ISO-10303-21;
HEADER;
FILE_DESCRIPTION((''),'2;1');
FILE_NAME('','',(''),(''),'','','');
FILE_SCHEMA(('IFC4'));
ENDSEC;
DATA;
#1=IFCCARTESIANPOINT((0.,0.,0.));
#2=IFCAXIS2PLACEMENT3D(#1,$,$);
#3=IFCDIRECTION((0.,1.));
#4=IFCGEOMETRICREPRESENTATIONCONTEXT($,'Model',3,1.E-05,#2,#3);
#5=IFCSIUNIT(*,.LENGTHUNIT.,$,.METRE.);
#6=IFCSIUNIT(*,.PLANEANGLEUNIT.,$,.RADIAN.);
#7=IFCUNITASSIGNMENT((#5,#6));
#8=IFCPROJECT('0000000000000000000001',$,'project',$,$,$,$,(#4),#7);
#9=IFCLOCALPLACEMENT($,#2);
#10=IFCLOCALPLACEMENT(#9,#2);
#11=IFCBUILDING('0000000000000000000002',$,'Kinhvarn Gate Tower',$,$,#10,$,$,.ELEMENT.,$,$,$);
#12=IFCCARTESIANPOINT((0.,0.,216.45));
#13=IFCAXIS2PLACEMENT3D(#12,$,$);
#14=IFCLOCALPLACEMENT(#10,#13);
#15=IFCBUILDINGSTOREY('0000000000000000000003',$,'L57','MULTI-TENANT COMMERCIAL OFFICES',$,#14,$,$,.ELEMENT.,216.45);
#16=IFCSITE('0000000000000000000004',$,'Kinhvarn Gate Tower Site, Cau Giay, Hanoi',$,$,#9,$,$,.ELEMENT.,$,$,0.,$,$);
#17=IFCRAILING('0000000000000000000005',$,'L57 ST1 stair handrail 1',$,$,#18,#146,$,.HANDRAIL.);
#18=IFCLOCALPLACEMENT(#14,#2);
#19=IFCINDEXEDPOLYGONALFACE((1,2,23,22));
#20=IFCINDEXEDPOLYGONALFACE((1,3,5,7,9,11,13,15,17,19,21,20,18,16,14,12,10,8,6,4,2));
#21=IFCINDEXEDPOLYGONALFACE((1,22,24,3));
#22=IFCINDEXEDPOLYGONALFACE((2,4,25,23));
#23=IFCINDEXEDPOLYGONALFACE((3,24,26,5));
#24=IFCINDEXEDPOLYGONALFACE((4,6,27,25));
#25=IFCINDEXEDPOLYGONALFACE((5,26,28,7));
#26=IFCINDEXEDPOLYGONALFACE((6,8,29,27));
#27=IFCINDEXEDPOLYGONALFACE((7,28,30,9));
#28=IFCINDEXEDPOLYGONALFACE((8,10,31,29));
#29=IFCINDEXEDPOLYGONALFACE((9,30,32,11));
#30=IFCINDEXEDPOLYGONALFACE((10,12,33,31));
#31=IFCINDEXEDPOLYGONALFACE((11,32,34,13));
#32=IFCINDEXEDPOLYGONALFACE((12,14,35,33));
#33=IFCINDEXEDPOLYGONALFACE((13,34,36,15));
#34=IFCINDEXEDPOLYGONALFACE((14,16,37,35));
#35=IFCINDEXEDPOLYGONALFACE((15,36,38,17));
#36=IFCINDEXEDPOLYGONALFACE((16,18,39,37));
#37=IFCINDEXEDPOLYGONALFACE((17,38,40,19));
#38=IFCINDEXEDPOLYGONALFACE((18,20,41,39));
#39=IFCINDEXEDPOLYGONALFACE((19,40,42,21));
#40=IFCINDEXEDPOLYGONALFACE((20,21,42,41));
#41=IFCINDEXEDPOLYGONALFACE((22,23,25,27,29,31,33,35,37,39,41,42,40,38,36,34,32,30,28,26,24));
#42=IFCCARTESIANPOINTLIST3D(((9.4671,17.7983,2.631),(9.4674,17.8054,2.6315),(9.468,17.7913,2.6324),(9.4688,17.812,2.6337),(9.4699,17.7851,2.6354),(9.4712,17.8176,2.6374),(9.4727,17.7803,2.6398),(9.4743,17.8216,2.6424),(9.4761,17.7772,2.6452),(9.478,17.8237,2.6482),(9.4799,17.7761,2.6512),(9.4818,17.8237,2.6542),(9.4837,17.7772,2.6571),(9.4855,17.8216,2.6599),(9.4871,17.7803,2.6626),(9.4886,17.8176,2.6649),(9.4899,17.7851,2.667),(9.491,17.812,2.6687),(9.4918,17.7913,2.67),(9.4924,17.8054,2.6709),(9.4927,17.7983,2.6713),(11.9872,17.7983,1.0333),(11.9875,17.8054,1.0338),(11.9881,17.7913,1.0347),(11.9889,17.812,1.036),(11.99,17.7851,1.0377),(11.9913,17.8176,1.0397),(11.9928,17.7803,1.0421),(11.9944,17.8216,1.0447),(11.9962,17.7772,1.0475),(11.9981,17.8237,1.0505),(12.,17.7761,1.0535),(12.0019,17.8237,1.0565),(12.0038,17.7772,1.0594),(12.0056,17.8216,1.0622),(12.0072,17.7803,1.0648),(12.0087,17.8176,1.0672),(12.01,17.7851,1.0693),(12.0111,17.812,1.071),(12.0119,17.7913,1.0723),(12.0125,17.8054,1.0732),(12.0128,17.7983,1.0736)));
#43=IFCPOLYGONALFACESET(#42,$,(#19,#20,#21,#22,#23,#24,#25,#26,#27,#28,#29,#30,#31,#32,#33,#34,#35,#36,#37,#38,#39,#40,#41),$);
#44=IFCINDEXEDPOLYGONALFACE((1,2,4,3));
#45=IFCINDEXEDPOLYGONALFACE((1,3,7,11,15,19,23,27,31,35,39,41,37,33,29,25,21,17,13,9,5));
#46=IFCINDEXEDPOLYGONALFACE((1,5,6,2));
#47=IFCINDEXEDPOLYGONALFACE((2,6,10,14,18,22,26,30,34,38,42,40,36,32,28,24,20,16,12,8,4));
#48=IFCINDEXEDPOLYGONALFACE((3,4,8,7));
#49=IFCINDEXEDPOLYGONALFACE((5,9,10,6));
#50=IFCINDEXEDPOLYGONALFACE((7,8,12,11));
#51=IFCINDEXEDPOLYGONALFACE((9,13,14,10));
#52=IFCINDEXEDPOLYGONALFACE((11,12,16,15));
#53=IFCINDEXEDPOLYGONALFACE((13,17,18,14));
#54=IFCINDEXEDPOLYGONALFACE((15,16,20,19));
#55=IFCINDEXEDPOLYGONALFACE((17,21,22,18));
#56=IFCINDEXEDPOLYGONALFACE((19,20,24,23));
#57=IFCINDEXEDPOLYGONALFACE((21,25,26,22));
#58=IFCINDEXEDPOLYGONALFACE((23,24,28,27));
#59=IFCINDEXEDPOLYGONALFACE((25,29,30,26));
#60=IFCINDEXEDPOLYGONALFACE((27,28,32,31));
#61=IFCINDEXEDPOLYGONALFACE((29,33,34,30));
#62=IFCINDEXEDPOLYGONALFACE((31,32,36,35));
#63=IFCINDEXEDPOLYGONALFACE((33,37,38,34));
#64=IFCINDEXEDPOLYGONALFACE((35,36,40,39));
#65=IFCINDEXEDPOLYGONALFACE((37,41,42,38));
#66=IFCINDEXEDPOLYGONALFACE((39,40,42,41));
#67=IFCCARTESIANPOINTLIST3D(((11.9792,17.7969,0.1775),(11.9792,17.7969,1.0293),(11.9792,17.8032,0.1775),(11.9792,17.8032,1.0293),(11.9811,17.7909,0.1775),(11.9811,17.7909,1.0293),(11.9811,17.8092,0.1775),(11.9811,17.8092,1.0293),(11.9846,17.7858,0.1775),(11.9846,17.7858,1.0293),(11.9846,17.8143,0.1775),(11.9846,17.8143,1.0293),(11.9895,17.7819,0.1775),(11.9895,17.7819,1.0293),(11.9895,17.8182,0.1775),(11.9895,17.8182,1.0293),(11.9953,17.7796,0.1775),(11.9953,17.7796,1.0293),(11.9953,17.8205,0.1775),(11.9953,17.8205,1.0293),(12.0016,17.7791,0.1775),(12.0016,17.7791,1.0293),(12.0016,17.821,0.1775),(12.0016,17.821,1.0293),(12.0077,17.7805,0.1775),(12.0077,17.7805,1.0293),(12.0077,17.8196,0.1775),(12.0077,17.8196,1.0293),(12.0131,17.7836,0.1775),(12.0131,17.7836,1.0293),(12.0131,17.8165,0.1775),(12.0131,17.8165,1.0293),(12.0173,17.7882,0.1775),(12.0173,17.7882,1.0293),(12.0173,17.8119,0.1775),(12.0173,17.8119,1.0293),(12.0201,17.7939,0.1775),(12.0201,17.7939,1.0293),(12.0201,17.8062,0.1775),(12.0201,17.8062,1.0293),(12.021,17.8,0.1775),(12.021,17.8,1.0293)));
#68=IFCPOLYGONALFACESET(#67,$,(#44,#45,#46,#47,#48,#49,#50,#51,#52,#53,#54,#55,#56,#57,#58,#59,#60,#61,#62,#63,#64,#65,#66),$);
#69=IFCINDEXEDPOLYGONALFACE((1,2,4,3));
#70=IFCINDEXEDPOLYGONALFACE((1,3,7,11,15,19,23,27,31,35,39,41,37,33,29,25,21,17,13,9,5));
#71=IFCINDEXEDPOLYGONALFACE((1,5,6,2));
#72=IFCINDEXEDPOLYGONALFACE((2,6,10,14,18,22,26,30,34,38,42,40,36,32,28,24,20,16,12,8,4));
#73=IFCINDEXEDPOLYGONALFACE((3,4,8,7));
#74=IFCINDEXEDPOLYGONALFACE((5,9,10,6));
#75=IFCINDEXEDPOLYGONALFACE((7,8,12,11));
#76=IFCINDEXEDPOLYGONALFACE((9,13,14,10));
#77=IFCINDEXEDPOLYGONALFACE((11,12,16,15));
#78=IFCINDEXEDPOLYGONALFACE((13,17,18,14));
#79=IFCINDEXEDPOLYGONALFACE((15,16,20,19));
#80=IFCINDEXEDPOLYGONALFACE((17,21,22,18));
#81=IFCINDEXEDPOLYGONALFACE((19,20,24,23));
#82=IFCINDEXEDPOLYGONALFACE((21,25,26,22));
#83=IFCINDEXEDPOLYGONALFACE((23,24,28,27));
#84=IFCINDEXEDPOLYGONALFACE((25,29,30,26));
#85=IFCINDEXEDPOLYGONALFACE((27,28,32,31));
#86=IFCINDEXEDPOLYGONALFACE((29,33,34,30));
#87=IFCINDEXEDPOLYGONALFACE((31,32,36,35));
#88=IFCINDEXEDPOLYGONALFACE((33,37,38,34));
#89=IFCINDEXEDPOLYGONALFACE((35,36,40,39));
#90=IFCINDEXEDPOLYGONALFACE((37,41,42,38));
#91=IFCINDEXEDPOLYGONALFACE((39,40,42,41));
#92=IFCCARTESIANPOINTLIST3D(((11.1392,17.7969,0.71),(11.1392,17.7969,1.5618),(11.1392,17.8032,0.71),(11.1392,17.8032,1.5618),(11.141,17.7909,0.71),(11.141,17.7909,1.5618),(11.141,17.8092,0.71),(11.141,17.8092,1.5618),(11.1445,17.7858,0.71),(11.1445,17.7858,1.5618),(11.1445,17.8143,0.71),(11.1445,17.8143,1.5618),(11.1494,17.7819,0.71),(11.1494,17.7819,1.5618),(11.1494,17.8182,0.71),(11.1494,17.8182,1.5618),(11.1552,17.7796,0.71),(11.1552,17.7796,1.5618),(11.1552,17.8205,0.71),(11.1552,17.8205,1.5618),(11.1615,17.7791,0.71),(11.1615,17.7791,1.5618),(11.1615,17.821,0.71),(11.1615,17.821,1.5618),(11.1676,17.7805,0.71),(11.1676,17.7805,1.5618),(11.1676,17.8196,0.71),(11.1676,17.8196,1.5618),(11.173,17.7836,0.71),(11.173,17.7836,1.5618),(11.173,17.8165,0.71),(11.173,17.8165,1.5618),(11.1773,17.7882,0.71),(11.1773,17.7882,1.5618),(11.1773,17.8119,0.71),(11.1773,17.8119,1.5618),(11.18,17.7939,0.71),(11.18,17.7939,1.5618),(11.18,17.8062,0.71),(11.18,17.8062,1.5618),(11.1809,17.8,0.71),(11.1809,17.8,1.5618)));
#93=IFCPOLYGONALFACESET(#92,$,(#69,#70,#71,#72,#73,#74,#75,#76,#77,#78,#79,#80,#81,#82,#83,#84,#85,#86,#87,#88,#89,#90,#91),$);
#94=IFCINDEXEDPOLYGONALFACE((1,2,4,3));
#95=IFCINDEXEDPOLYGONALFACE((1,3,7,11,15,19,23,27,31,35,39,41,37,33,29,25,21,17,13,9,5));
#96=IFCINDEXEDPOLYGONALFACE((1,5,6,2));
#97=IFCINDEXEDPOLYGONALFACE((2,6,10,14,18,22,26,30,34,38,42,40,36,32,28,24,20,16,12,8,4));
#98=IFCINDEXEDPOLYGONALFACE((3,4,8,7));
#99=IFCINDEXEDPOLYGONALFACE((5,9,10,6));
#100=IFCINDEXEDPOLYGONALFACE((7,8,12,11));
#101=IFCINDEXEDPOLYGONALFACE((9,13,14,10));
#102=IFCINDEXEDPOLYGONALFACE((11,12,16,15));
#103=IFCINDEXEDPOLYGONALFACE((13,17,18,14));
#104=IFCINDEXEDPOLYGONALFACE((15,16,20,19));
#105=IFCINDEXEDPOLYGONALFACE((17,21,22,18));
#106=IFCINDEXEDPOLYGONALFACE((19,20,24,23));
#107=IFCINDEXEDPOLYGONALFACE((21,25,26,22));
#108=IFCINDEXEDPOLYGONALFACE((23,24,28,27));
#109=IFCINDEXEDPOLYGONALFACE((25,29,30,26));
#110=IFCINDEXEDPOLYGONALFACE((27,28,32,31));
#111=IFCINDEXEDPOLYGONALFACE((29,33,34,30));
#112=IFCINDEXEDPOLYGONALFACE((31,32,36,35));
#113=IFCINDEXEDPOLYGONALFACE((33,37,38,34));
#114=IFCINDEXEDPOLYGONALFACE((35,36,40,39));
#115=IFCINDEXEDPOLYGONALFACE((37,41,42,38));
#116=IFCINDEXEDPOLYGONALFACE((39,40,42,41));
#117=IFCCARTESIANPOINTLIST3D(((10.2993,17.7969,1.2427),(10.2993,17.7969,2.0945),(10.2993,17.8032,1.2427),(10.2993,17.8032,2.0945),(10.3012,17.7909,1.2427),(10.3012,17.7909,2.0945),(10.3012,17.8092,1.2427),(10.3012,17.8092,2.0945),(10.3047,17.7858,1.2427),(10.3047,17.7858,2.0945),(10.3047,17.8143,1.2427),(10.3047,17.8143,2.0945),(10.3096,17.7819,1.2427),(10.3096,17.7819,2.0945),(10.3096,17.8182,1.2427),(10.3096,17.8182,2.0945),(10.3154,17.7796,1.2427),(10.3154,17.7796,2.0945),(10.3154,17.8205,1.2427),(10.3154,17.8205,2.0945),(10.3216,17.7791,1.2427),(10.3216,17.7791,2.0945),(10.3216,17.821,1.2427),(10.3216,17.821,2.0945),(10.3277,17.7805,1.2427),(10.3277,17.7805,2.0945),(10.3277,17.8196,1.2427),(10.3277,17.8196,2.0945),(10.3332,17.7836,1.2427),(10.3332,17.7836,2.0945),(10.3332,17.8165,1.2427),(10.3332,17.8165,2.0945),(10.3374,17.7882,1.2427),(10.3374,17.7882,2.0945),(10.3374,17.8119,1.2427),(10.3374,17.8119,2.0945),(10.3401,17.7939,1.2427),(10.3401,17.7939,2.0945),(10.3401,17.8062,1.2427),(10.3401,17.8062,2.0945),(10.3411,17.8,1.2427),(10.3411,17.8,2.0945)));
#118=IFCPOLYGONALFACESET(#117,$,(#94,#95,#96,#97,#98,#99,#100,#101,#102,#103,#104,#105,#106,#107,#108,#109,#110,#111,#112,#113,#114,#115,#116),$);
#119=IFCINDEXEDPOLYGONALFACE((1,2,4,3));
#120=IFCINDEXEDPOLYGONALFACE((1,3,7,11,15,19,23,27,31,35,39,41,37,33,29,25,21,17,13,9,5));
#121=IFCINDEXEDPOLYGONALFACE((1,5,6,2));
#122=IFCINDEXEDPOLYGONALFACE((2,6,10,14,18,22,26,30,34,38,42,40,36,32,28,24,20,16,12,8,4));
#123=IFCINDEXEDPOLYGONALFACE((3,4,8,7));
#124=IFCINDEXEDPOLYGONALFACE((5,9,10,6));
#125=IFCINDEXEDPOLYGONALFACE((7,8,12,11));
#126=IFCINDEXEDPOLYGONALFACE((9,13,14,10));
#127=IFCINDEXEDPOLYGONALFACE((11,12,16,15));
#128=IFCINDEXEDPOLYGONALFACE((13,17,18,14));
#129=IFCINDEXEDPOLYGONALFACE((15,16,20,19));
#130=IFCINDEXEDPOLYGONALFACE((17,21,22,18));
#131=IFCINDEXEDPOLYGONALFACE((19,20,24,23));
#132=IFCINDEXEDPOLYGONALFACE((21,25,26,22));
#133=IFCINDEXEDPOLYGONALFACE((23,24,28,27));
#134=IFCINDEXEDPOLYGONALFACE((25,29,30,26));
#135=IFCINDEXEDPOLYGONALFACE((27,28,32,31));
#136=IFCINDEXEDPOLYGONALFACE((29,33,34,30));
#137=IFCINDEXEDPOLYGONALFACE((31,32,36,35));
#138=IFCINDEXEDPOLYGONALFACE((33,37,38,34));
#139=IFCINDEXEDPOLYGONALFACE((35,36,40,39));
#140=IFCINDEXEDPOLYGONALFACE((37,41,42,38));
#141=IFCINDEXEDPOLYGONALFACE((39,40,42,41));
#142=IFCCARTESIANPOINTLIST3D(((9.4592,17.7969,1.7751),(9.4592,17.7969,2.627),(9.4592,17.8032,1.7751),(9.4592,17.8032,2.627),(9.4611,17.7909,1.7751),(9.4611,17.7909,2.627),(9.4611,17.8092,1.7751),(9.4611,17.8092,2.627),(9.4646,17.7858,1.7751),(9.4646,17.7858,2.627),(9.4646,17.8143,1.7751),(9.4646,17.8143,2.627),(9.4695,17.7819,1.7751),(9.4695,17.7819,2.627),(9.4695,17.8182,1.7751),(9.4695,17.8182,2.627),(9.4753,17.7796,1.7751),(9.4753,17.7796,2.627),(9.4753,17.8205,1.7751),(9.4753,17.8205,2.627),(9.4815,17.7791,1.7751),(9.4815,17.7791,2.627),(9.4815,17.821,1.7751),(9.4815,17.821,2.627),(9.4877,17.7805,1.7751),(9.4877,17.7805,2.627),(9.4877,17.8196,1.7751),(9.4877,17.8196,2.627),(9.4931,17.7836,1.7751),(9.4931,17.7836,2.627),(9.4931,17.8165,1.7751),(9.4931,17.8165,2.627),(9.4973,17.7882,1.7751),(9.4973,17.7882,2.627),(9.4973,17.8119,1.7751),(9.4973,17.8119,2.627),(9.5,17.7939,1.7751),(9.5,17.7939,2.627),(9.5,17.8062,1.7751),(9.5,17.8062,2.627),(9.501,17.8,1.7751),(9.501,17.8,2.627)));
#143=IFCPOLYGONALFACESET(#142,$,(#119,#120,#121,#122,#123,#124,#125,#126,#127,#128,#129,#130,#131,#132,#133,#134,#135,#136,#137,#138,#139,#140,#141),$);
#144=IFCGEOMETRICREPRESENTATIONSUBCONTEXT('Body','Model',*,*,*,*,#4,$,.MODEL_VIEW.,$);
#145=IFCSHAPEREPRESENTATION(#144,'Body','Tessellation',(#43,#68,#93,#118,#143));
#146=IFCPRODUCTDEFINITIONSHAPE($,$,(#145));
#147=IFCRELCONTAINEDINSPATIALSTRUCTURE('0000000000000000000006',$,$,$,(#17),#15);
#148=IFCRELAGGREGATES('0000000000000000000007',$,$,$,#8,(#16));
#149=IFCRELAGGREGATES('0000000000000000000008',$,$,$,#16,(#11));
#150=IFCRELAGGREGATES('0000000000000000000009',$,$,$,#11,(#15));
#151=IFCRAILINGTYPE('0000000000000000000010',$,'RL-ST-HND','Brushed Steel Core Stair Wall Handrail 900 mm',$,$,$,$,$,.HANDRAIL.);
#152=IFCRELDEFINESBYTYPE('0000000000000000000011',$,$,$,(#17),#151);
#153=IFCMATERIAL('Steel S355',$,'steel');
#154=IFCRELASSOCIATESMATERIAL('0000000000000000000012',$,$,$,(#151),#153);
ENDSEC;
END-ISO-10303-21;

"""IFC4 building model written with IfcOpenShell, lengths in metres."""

from ifc_helpers import new_model, si_unit, direction, frame, origin, origin_2d, place, context, subcontext, project, spatial, circle, extrude, material, type_object, element, save


model = new_model("IFC4")

# Units and contexts
model_context = context("Model", 3, precision=1e-05, world=origin(), true_north=direction((0.0, 1.0)))
body_context = subcontext(model_context, "Body", "Model", "MODEL_VIEW")
ifc_project = project(units=[si_unit("LENGTHUNIT", "METRE"), si_unit("PLANEANGLEUNIT", "RADIAN")], contexts=[model_context])

# Site, building, storey
site_placement = place(None, origin())
site = spatial("IfcSite", under=ifc_project, at=site_placement, Name="Kinhvarn Gate Tower Site, Cau Giay, Hanoi", CompositionType="ELEMENT", RefElevation=0.0)
building_placement = place(site_placement, origin())
building = spatial("IfcBuilding", under=site, at=building_placement, Name="Kinhvarn Gate Tower", CompositionType="ELEMENT")
storey_placement = place(building_placement, frame((0.0, 0.0, 216.45)))
storey = spatial("IfcBuildingStorey", under=building, at=storey_placement, Name="L57", Description="MULTI-TENANT COMMERCIAL OFFICES", CompositionType="ELEMENT", Elevation=216.45)

# Shared definitions
ifc_material_1 = material(Name="Steel S355", Category="steel")

# Railing
railing_type_1 = type_object("IfcRailingType", Name="RL-ST-HND", Description="Brushed Steel Core Stair Wall Handrail 900 mm", PredefinedType="HANDRAIL", material=ifc_material_1)
railing_1_placement = place(storey_placement, frame((12.0, 17.8, 0.1775)))
element("IfcRailing", 1, at=railing_1_placement, inside=storey, type_object=railing_type_1, Name="L57 ST1 stair handrail 1", PredefinedType="HANDRAIL", context=body_context, shape_type="SweptSolid", body=[
    extrude(circle(Radius=0.0239, at=origin_2d()), frame((0.0, 0.0, 0.876), z_axis=(-0.84457, 0.0, 0.535445), x_axis=(0.0, -1.0, 0.0)), (0.0, 0.0, 1.0), 2.9839),
    extrude(circle(Radius=0.021, at=origin_2d()), origin(), (0.0, 0.0, 1.0), 0.8518),
    extrude(circle(Radius=0.021, at=origin_2d()), frame((-0.8401, 0.0, 0.5325)), (0.0, 0.0, 1.0), 0.8518),
    extrude(circle(Radius=0.021, at=origin_2d()), frame((-1.6799, 0.0, 1.0652)), (0.0, 0.0, 1.0), 0.8518),
    extrude(circle(Radius=0.021, at=origin_2d()), frame((-2.52, 0.0, 1.5977)), (0.0, 0.0, 1.0), 0.8518),
])

save(model, "model.ifc")
